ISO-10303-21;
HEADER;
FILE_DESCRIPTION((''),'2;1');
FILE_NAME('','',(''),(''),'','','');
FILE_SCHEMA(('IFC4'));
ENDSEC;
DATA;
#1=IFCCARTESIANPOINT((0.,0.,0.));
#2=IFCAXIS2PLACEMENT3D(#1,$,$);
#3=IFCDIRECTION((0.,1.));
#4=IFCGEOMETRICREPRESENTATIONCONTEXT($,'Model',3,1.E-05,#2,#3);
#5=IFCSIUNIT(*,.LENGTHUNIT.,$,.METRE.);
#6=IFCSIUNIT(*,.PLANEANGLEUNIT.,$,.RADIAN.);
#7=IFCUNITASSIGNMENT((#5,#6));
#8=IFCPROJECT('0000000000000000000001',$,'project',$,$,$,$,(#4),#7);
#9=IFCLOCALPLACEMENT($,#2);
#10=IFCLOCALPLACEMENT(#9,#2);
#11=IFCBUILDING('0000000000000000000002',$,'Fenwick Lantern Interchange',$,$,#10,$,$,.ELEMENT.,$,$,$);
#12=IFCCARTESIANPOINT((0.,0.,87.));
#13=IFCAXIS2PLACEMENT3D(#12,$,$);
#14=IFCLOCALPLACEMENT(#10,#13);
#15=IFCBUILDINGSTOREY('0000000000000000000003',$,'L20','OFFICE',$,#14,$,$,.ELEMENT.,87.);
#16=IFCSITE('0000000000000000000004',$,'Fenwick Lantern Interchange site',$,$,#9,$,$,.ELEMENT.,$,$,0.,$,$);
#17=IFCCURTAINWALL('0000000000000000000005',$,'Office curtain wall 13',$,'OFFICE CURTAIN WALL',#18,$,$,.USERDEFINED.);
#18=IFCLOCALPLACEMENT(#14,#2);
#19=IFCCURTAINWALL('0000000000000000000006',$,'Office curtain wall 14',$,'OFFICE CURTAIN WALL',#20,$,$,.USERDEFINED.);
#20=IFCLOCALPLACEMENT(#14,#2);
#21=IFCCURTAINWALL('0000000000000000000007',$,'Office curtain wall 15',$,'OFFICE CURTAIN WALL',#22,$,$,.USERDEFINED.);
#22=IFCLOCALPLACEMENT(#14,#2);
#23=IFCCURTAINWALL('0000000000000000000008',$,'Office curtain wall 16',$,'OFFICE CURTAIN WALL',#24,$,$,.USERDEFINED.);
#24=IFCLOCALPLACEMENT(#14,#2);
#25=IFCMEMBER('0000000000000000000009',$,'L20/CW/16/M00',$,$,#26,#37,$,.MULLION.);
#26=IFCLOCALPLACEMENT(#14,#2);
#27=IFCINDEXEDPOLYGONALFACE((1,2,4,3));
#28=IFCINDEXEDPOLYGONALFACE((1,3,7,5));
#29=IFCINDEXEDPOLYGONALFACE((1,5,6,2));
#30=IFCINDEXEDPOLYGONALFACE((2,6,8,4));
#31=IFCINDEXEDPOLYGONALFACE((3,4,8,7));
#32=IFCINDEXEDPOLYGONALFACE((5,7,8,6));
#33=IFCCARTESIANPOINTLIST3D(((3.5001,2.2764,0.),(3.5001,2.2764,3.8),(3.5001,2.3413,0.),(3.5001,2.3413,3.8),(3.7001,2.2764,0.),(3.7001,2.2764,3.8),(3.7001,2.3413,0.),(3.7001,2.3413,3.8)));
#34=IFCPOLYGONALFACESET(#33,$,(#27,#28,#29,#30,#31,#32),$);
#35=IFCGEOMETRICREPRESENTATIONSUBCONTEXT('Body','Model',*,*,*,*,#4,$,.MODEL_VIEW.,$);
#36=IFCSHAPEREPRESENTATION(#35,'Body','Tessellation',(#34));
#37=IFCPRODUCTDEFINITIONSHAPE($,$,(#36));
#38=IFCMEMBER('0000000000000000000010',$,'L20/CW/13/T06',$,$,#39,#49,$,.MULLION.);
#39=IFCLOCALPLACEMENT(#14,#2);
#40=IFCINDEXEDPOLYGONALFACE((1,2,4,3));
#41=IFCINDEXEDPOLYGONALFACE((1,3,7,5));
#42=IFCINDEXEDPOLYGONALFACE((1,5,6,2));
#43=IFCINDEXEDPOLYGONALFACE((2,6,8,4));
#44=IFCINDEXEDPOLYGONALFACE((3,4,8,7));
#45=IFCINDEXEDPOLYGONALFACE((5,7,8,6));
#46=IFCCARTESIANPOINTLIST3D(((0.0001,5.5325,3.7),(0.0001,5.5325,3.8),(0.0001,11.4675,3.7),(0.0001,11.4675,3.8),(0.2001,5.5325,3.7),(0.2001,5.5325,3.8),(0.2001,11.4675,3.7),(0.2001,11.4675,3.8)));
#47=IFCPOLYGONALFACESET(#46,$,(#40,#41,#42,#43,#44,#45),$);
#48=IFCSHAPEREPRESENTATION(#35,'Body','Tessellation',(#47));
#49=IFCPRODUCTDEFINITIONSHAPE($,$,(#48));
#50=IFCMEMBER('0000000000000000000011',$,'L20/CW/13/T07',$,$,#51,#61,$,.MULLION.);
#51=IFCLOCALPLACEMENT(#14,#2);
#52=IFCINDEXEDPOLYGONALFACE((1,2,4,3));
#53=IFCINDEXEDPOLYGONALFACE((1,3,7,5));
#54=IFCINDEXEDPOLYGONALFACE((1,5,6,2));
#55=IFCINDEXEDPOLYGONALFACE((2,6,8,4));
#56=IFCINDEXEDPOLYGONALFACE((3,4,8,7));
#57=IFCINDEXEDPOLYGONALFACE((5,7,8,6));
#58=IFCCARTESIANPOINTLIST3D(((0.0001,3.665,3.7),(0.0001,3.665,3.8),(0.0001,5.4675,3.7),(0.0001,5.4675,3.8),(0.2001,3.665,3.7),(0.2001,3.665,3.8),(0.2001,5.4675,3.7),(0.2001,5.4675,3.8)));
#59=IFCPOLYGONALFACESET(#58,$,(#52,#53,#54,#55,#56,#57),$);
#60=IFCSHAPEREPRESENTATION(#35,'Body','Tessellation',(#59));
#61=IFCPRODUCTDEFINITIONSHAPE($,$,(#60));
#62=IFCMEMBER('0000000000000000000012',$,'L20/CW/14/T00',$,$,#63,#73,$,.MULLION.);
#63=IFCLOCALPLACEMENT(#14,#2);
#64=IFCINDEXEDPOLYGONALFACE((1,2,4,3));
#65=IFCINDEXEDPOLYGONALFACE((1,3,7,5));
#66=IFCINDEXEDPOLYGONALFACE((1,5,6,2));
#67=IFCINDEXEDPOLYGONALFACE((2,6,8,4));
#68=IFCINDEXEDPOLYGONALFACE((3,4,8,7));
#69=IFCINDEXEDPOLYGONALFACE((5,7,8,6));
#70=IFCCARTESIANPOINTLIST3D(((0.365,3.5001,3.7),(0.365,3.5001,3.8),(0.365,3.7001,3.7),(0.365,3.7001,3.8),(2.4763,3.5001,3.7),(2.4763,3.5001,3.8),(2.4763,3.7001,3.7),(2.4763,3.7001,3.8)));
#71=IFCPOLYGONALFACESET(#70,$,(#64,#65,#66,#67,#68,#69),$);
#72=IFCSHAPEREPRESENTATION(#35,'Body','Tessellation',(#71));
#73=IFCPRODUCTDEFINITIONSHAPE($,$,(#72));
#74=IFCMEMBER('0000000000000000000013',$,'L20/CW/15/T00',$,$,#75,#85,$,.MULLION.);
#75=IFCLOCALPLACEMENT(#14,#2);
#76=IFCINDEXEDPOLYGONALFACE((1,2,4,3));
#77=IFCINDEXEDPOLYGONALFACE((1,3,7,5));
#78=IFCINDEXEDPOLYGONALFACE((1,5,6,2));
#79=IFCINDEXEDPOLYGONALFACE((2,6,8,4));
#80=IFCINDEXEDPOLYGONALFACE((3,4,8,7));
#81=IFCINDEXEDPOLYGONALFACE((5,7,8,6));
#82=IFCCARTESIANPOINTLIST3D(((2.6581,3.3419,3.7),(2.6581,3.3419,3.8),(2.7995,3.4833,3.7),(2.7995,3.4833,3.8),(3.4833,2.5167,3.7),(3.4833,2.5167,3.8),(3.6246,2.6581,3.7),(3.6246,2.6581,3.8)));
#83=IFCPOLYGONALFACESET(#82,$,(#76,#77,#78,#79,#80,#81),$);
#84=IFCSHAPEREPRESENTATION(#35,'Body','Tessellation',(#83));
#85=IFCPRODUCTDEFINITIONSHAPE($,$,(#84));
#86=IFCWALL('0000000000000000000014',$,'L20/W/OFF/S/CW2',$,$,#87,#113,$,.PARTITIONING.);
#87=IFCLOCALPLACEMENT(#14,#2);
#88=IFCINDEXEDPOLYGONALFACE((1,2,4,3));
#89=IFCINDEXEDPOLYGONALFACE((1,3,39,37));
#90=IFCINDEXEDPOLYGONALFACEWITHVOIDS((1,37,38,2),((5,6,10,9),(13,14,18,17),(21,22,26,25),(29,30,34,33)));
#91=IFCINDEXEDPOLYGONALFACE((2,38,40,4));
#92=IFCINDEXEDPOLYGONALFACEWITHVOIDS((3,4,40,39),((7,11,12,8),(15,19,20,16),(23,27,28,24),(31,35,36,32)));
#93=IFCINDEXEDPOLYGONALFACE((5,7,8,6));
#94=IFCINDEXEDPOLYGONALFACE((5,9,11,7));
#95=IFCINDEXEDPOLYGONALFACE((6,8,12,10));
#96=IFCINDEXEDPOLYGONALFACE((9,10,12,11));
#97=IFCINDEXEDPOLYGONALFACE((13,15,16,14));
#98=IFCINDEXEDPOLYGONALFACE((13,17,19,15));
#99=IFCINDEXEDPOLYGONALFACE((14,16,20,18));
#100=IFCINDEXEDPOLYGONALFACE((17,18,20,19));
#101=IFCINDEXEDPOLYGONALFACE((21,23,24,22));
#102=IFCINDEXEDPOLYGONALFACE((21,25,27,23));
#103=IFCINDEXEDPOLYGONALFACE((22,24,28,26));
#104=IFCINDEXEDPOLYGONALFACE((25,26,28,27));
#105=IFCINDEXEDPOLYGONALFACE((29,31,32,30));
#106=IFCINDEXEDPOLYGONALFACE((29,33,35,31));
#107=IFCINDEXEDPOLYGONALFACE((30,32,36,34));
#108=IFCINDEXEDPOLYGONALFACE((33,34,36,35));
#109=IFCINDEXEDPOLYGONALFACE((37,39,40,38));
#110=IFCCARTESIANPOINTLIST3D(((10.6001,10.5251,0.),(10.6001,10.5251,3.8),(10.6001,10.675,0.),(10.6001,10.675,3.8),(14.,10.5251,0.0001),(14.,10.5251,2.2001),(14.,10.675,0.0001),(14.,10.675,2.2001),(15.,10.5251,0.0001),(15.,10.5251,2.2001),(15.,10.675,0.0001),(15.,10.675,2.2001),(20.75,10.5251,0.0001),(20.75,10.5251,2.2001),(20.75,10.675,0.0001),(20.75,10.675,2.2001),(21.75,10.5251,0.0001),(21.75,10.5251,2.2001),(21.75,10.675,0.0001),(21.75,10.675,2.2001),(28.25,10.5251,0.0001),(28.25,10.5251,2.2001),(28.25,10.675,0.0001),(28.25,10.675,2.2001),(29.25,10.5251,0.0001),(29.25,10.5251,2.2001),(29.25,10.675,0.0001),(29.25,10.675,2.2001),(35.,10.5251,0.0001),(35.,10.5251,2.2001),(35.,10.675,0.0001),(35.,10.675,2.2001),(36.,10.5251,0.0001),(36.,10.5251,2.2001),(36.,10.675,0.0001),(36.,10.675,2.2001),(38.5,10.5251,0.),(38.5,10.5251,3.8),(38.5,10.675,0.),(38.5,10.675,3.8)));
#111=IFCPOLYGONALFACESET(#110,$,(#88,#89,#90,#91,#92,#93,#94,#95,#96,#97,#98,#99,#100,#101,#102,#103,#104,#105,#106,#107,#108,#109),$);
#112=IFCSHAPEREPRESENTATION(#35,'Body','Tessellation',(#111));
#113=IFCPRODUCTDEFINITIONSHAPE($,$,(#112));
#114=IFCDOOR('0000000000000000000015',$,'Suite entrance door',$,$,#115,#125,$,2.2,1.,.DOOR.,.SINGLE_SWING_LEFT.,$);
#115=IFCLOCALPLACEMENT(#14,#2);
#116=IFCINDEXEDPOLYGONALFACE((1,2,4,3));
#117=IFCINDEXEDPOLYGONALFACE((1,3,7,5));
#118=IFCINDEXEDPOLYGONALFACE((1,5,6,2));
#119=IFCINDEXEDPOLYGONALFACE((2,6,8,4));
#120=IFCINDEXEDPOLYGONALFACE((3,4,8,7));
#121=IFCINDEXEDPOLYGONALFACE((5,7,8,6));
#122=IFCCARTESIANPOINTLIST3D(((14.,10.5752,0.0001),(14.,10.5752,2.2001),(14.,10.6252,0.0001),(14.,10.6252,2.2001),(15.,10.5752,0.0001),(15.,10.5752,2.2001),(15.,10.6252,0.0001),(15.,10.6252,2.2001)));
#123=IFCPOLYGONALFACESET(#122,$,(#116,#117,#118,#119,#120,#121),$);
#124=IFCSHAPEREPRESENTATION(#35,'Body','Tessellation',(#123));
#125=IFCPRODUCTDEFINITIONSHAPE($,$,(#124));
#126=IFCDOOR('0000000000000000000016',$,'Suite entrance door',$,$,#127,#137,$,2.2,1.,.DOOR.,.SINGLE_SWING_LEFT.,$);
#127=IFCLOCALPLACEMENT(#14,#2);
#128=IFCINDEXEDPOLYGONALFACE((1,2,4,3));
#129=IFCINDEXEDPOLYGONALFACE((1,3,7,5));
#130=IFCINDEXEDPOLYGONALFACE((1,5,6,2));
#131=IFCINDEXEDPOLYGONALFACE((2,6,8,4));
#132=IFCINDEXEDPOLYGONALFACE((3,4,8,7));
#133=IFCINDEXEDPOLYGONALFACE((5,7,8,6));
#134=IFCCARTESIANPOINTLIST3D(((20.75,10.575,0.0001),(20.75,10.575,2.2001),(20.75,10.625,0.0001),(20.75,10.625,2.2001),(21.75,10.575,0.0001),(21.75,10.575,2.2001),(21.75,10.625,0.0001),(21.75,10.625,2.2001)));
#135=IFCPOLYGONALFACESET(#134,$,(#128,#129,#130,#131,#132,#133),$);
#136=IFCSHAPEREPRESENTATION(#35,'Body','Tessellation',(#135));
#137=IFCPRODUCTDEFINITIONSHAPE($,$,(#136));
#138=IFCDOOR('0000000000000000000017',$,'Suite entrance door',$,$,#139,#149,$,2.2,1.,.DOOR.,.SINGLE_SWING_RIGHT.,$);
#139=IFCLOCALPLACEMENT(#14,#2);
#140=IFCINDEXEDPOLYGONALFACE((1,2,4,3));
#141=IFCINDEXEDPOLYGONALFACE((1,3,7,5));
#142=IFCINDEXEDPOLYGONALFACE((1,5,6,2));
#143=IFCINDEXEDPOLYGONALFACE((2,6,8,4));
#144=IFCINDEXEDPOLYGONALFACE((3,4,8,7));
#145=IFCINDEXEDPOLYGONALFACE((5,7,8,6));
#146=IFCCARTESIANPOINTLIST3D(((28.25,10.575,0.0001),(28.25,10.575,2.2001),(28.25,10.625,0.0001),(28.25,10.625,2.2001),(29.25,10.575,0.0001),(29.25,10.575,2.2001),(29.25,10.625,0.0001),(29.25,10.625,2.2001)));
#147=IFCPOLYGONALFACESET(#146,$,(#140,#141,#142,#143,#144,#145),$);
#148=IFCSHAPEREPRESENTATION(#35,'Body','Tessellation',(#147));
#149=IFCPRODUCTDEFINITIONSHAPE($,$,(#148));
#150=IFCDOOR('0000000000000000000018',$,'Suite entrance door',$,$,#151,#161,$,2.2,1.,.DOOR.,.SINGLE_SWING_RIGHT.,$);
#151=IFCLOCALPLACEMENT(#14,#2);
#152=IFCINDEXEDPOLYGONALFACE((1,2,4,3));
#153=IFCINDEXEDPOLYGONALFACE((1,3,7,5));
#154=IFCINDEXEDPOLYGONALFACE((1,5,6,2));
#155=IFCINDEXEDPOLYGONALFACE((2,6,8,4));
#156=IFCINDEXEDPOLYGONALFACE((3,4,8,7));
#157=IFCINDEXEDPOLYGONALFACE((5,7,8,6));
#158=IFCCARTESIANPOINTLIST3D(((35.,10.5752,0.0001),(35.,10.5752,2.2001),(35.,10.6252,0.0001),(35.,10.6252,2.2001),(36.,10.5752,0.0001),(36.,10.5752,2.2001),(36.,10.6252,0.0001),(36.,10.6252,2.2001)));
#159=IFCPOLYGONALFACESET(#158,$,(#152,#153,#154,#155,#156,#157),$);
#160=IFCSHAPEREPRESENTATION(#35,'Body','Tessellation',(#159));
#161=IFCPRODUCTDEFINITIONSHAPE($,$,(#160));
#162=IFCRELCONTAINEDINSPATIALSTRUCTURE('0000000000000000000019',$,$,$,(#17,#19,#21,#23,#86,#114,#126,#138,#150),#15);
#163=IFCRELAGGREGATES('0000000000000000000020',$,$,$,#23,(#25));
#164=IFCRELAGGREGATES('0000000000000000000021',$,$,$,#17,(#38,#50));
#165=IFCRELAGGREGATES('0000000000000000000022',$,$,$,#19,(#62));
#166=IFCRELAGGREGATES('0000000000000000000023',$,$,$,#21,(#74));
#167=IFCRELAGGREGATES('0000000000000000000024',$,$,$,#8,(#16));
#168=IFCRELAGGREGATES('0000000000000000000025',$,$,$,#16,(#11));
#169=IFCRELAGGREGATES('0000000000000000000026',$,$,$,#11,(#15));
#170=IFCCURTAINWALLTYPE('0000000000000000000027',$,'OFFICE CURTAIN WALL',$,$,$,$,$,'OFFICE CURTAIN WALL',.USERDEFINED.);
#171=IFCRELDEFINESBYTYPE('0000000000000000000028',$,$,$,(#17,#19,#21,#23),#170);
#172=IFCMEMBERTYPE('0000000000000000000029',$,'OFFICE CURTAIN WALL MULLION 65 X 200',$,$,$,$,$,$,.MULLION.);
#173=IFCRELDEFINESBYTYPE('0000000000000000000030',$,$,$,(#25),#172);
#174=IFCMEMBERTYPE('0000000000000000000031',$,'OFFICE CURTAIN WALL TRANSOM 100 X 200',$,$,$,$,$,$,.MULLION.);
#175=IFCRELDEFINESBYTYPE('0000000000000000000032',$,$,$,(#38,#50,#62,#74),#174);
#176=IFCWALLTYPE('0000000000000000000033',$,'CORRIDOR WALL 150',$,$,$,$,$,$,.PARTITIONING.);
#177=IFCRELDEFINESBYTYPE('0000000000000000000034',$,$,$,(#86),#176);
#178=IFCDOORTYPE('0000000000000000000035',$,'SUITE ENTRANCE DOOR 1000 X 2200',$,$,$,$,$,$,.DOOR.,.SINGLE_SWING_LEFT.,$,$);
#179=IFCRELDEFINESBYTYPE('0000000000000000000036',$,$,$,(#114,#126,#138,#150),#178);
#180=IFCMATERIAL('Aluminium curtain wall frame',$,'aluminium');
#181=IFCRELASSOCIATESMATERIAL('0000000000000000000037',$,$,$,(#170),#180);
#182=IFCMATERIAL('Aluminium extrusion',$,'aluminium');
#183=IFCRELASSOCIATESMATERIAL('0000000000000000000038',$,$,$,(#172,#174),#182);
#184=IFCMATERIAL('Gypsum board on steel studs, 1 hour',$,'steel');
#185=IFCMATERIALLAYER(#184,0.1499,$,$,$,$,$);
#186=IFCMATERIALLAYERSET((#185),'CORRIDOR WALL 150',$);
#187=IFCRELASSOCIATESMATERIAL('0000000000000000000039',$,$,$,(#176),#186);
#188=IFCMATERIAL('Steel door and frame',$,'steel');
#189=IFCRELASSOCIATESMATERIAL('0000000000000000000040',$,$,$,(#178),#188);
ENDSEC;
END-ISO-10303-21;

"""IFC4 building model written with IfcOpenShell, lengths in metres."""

from ifc_helpers import new_model, si_unit, direction, frame, frame_2d, origin, origin_2d, place, context, subcontext, project, spatial, rectangle, extrude, material, layer, layer_set, material_profile, profile_set, type_object, element, fill, aggregate, save


model = new_model("IFC4")

# Units and contexts
model_context = context("Model", 3, precision=1e-05, world=origin(), true_north=direction((0.0, 1.0)))
body_context = subcontext(model_context, "Body", "Model", "MODEL_VIEW")
ifc_project = project(units=[si_unit("LENGTHUNIT", "METRE"), si_unit("PLANEANGLEUNIT", "RADIAN")], contexts=[model_context])

# Site, building, storey
site_placement = place(None, origin())
site = spatial("IfcSite", under=ifc_project, at=site_placement, Name="Fenwick Lantern Interchange site", CompositionType="ELEMENT", RefElevation=0.0)
building_placement = place(site_placement, origin())
building = spatial("IfcBuilding", under=site, at=building_placement, Name="Fenwick Lantern Interchange", CompositionType="ELEMENT")
storey_placement = place(building_placement, frame((0.0, 0.0, 87.0)))
storey = spatial("IfcBuildingStorey", under=building, at=storey_placement, Name="L20", Description="OFFICE", CompositionType="ELEMENT", Elevation=87.0)

# Curtain walls
ifc_material_1 = material(Name="Aluminium curtain wall frame", Category="aluminium")
curtain_wall_type = type_object("IfcCurtainWallType", Name="OFFICE CURTAIN WALL", ElementType="OFFICE CURTAIN WALL", PredefinedType="USERDEFINED", material=ifc_material_1)
curtain_wall_1_placement = place(storey_placement, origin())
curtain_wall_1 = element("IfcCurtainWall", 1, at=curtain_wall_1_placement, inside=storey, type_object=curtain_wall_type, Name="Office curtain wall 13", ObjectType="OFFICE CURTAIN WALL", PredefinedType="USERDEFINED")
ifc_material_2 = material(Name="Aluminium extrusion", Category="aluminium")
ifc_material_profile_1 = material_profile(ifc_material_2, rectangle(XDim=0.2, YDim=0.0649, at=origin_2d()), Name="OFFICE CURTAIN WALL MULLION 65 X 200")
ifc_profile_set_1 = profile_set([ifc_material_profile_1], Name="Aluminium extrusion")
member_type_1 = type_object("IfcMemberType", Name="OFFICE CURTAIN WALL MULLION 65 X 200", PredefinedType="MULLION", material=ifc_profile_set_1)
curtain_wall_2_placement = place(storey_placement, origin())
curtain_wall_2 = element("IfcCurtainWall", 2, at=curtain_wall_2_placement, inside=storey, type_object=curtain_wall_type, Name="Office curtain wall 14", ObjectType="OFFICE CURTAIN WALL", PredefinedType="USERDEFINED")
curtain_wall_3_placement = place(storey_placement, origin())
curtain_wall_3 = element("IfcCurtainWall", 3, at=curtain_wall_3_placement, inside=storey, type_object=curtain_wall_type, Name="Office curtain wall 15", ObjectType="OFFICE CURTAIN WALL", PredefinedType="USERDEFINED")

# Curtain wall, member
curtain_wall_4_placement = place(storey_placement, origin())
curtain_wall_4 = element("IfcCurtainWall", 4, at=curtain_wall_4_placement, inside=storey, type_object=curtain_wall_type, Name="Office curtain wall 16", ObjectType="OFFICE CURTAIN WALL", PredefinedType="USERDEFINED")
member_1_placement = place(storey_placement, frame((3.6001, 2.3088, 0.0), z_axis=(0.0, 0.0, 1.0), x_axis=(1.0, 0.0, 0.0)))
member_1 = element("IfcMember", 5, at=member_1_placement, type_object=member_type_1, Name="L20/CW/16/M00", PredefinedType="MULLION", context=body_context, shape_type="SweptSolid", body=[
    extrude(rectangle(XDim=0.2, YDim=0.0649, at=origin_2d()), origin(), (0.0, 0.0, 1.0), 3.8),
])
aggregate(curtain_wall_4, [member_1])

# Members
ifc_material_profile_2 = material_profile(ifc_material_2, rectangle(XDim=0.2, YDim=0.1001, at=origin_2d()), Name="OFFICE CURTAIN WALL TRANSOM 100 X 200")
ifc_profile_set_2 = profile_set([ifc_material_profile_2], Name="Aluminium extrusion")
member_type_2 = type_object("IfcMemberType", Name="OFFICE CURTAIN WALL TRANSOM 100 X 200", PredefinedType="MULLION", material=ifc_profile_set_2)
member_2_placement = place(storey_placement, frame((0.1001, 11.4675, 3.75), z_axis=(0.0, -1.0, 0.0), x_axis=(1.0, 0.0, 0.0)))
member_2 = element("IfcMember", 6, at=member_2_placement, type_object=member_type_2, Name="L20/CW/13/T06", PredefinedType="MULLION", context=body_context, shape_type="SweptSolid", body=[
    extrude(rectangle(XDim=0.2, YDim=0.1001, at=origin_2d()), origin(), (0.0, 0.0, 1.0), 5.9351),
])
member_3_placement = place(storey_placement, frame((0.1001, 5.4675, 3.75), z_axis=(0.0, -1.0, 0.0), x_axis=(1.0, 0.0, 0.0)))
member_3 = element("IfcMember", 7, at=member_3_placement, type_object=member_type_2, Name="L20/CW/13/T07", PredefinedType="MULLION", context=body_context, shape_type="SweptSolid", body=[
    extrude(rectangle(XDim=0.2, YDim=0.1001, at=origin_2d()), origin(), (0.0, 0.0, 1.0), 1.8025),
])
aggregate(curtain_wall_1, [member_2, member_3])
member_4_placement = place(storey_placement, frame((0.365, 3.6001, 3.75), z_axis=(1.0, 0.0, 0.0), x_axis=(0.0, 1.0, 0.0)))
member_4 = element("IfcMember", 8, at=member_4_placement, type_object=member_type_2, Name="L20/CW/14/T00", PredefinedType="MULLION", context=body_context, shape_type="SweptSolid", body=[
    extrude(rectangle(XDim=0.2, YDim=0.1001, at=origin_2d()), origin(), (0.0, 0.0, 1.0), 2.1113),
])
aggregate(curtain_wall_2, [member_4])
member_5_placement = place(storey_placement, frame((2.7288, 3.4126, 3.75), z_axis=(0.707107, -0.707107, 0.0), x_axis=(0.707107, 0.707107, 0.0)))
member_5 = element("IfcMember", 9, at=member_5_placement, type_object=member_type_2, Name="L20/CW/15/T00", PredefinedType="MULLION", context=body_context, shape_type="SweptSolid", body=[
    extrude(rectangle(XDim=0.2, YDim=0.1001, at=origin_2d()), origin(), (0.0, 0.0, 1.0), 1.167),
])

aggregate(curtain_wall_3, [member_5])

# Wall, openings, doors
ifc_material_3 = material(Name="Gypsum board on steel studs, 1 hour", Category="steel")
ifc_layer_1 = layer(ifc_material_3, 0.1499)
ifc_layer_set_1 = layer_set([ifc_layer_1], Name="CORRIDOR WALL 150")
wall_type = type_object("IfcWallType", Name="CORRIDOR WALL 150", PredefinedType="PARTITIONING", material=ifc_layer_set_1)
wall_placement = place(storey_placement, frame((10.6001, 10.6001, 0.0), z_axis=(0.0, 0.0, 1.0), x_axis=(1.0, 0.0, 0.0)))
wall = element("IfcWall", 10, at=wall_placement, inside=storey, type_object=wall_type, Name="L20/W/OFF/S/CW2", PredefinedType="PARTITIONING", context=body_context, shape_type="SweptSolid", body=[
    extrude(rectangle(XDim=27.8999, YDim=0.1499, at=frame_2d((13.95, 0.0))), origin(), (0.0, 0.0, 1.0), 3.8),
])
opening_1_placement = place(wall_placement, frame((3.3999, 0.0, 0.0)))
opening_1 = element("IfcOpeningElement", 11, at=opening_1_placement, cuts=wall, PredefinedType="OPENING", context=body_context, shape_type="SweptSolid", body=[
    extrude(rectangle(XDim=1.0, YDim=2.2, at=frame_2d((0.5, 1.1001))), frame((0.0, 0.085, 0.0), z_axis=(0.0, -1.0, 0.0), x_axis=(1.0, 0.0, 0.0)), (0.0, 0.0, 1.0), 0.1699),
])
opening_2_placement = place(wall_placement, frame((10.1499, 0.0, 0.0)))
opening_2 = element("IfcOpeningElement", 12, at=opening_2_placement, cuts=wall, PredefinedType="OPENING", context=body_context, shape_type="SweptSolid", body=[
    extrude(rectangle(XDim=1.0, YDim=2.2, at=frame_2d((0.5, 1.1001))), frame((0.0, 0.085, 0.0), z_axis=(0.0, -1.0, 0.0), x_axis=(1.0, 0.0, 0.0)), (0.0, 0.0, 1.0), 0.1699),
])
opening_3_placement = place(wall_placement, frame((17.6499, 0.0, 0.0)))
opening_3 = element("IfcOpeningElement", 13, at=opening_3_placement, cuts=wall, PredefinedType="OPENING", context=body_context, shape_type="SweptSolid", body=[
    extrude(rectangle(XDim=1.0, YDim=2.2, at=frame_2d((0.5, 1.1001))), frame((0.0, 0.085, 0.0), z_axis=(0.0, -1.0, 0.0), x_axis=(1.0, 0.0, 0.0)), (0.0, 0.0, 1.0), 0.1699),
])
opening_4_placement = place(wall_placement, frame((24.3999, 0.0, 0.0)))
opening_4 = element("IfcOpeningElement", 14, at=opening_4_placement, cuts=wall, PredefinedType="OPENING", context=body_context, shape_type="SweptSolid", body=[
    extrude(rectangle(XDim=1.0, YDim=2.2, at=frame_2d((0.5, 1.1001))), frame((0.0, 0.085, 0.0), z_axis=(0.0, -1.0, 0.0), x_axis=(1.0, 0.0, 0.0)), (0.0, 0.0, 1.0), 0.1699),
])
ifc_material_4 = material(Name="Steel door and frame", Category="steel")
door_type = type_object("IfcDoorType", Name="SUITE ENTRANCE DOOR 1000 X 2200", OperationType="SINGLE_SWING_LEFT", PredefinedType="DOOR", material=ifc_material_4)
door_1_placement = place(opening_1_placement, frame((1.0, 0.0, 0.0), z_axis=(0.0, 0.0, 1.0), x_axis=(-1.0, 0.0, 0.0)))
door_1 = element("IfcDoor", 15, at=door_1_placement, inside=storey, type_object=door_type, Name="Suite entrance door", OperationType="SINGLE_SWING_LEFT", OverallHeight=2.2, OverallWidth=1.0, PredefinedType="DOOR", context=body_context, shape_type="SweptSolid", body=[
    extrude(rectangle(XDim=1.0, YDim=2.2, at=frame_2d((0.5, 1.1001))), frame((0.0, 0.0249, 0.0), z_axis=(0.0, -1.0, 0.0), x_axis=(1.0, 0.0, 0.0)), (0.0, 0.0, 1.0), 0.05),
])
fill(opening_1, door_1)
door_2_placement = place(opening_2_placement, origin())
door_2 = element("IfcDoor", 16, at=door_2_placement, inside=storey, type_object=door_type, Name="Suite entrance door", OperationType="SINGLE_SWING_LEFT", OverallHeight=2.2, OverallWidth=1.0, PredefinedType="DOOR", context=body_context, shape_type="SweptSolid", body=[
    extrude(rectangle(XDim=1.0, YDim=2.2, at=frame_2d((0.5, 1.1001))), frame((0.0, 0.0249, 0.0), z_axis=(0.0, -1.0, 0.0), x_axis=(1.0, 0.0, 0.0)), (0.0, 0.0, 1.0), 0.05),
])
fill(opening_2, door_2)
door_3_placement = place(opening_3_placement, origin())
door_3 = element("IfcDoor", 17, at=door_3_placement, inside=storey, type_object=door_type, Name="Suite entrance door", OperationType="SINGLE_SWING_RIGHT", OverallHeight=2.2, OverallWidth=1.0, PredefinedType="DOOR", context=body_context, shape_type="SweptSolid", body=[
    extrude(rectangle(XDim=1.0, YDim=2.2, at=frame_2d((0.5, 1.1001))), frame((0.0, 0.0249, 0.0), z_axis=(0.0, -1.0, 0.0), x_axis=(1.0, 0.0, 0.0)), (0.0, 0.0, 1.0), 0.05),
])
fill(opening_3, door_3)
door_4_placement = place(opening_4_placement, frame((1.0, 0.0, 0.0), z_axis=(0.0, 0.0, 1.0), x_axis=(-1.0, 0.0, 0.0)))
door_4 = element("IfcDoor", 18, at=door_4_placement, inside=storey, type_object=door_type, Name="Suite entrance door", OperationType="SINGLE_SWING_RIGHT", OverallHeight=2.2, OverallWidth=1.0, PredefinedType="DOOR", context=body_context, shape_type="SweptSolid", body=[
    extrude(rectangle(XDim=1.0, YDim=2.2, at=frame_2d((0.5, 1.1001))), frame((0.0, 0.0249, 0.0), z_axis=(0.0, -1.0, 0.0), x_axis=(1.0, 0.0, 0.0)), (0.0, 0.0, 1.0), 0.05),
])
fill(opening_4, door_4)

save(model, "model.ifc")
